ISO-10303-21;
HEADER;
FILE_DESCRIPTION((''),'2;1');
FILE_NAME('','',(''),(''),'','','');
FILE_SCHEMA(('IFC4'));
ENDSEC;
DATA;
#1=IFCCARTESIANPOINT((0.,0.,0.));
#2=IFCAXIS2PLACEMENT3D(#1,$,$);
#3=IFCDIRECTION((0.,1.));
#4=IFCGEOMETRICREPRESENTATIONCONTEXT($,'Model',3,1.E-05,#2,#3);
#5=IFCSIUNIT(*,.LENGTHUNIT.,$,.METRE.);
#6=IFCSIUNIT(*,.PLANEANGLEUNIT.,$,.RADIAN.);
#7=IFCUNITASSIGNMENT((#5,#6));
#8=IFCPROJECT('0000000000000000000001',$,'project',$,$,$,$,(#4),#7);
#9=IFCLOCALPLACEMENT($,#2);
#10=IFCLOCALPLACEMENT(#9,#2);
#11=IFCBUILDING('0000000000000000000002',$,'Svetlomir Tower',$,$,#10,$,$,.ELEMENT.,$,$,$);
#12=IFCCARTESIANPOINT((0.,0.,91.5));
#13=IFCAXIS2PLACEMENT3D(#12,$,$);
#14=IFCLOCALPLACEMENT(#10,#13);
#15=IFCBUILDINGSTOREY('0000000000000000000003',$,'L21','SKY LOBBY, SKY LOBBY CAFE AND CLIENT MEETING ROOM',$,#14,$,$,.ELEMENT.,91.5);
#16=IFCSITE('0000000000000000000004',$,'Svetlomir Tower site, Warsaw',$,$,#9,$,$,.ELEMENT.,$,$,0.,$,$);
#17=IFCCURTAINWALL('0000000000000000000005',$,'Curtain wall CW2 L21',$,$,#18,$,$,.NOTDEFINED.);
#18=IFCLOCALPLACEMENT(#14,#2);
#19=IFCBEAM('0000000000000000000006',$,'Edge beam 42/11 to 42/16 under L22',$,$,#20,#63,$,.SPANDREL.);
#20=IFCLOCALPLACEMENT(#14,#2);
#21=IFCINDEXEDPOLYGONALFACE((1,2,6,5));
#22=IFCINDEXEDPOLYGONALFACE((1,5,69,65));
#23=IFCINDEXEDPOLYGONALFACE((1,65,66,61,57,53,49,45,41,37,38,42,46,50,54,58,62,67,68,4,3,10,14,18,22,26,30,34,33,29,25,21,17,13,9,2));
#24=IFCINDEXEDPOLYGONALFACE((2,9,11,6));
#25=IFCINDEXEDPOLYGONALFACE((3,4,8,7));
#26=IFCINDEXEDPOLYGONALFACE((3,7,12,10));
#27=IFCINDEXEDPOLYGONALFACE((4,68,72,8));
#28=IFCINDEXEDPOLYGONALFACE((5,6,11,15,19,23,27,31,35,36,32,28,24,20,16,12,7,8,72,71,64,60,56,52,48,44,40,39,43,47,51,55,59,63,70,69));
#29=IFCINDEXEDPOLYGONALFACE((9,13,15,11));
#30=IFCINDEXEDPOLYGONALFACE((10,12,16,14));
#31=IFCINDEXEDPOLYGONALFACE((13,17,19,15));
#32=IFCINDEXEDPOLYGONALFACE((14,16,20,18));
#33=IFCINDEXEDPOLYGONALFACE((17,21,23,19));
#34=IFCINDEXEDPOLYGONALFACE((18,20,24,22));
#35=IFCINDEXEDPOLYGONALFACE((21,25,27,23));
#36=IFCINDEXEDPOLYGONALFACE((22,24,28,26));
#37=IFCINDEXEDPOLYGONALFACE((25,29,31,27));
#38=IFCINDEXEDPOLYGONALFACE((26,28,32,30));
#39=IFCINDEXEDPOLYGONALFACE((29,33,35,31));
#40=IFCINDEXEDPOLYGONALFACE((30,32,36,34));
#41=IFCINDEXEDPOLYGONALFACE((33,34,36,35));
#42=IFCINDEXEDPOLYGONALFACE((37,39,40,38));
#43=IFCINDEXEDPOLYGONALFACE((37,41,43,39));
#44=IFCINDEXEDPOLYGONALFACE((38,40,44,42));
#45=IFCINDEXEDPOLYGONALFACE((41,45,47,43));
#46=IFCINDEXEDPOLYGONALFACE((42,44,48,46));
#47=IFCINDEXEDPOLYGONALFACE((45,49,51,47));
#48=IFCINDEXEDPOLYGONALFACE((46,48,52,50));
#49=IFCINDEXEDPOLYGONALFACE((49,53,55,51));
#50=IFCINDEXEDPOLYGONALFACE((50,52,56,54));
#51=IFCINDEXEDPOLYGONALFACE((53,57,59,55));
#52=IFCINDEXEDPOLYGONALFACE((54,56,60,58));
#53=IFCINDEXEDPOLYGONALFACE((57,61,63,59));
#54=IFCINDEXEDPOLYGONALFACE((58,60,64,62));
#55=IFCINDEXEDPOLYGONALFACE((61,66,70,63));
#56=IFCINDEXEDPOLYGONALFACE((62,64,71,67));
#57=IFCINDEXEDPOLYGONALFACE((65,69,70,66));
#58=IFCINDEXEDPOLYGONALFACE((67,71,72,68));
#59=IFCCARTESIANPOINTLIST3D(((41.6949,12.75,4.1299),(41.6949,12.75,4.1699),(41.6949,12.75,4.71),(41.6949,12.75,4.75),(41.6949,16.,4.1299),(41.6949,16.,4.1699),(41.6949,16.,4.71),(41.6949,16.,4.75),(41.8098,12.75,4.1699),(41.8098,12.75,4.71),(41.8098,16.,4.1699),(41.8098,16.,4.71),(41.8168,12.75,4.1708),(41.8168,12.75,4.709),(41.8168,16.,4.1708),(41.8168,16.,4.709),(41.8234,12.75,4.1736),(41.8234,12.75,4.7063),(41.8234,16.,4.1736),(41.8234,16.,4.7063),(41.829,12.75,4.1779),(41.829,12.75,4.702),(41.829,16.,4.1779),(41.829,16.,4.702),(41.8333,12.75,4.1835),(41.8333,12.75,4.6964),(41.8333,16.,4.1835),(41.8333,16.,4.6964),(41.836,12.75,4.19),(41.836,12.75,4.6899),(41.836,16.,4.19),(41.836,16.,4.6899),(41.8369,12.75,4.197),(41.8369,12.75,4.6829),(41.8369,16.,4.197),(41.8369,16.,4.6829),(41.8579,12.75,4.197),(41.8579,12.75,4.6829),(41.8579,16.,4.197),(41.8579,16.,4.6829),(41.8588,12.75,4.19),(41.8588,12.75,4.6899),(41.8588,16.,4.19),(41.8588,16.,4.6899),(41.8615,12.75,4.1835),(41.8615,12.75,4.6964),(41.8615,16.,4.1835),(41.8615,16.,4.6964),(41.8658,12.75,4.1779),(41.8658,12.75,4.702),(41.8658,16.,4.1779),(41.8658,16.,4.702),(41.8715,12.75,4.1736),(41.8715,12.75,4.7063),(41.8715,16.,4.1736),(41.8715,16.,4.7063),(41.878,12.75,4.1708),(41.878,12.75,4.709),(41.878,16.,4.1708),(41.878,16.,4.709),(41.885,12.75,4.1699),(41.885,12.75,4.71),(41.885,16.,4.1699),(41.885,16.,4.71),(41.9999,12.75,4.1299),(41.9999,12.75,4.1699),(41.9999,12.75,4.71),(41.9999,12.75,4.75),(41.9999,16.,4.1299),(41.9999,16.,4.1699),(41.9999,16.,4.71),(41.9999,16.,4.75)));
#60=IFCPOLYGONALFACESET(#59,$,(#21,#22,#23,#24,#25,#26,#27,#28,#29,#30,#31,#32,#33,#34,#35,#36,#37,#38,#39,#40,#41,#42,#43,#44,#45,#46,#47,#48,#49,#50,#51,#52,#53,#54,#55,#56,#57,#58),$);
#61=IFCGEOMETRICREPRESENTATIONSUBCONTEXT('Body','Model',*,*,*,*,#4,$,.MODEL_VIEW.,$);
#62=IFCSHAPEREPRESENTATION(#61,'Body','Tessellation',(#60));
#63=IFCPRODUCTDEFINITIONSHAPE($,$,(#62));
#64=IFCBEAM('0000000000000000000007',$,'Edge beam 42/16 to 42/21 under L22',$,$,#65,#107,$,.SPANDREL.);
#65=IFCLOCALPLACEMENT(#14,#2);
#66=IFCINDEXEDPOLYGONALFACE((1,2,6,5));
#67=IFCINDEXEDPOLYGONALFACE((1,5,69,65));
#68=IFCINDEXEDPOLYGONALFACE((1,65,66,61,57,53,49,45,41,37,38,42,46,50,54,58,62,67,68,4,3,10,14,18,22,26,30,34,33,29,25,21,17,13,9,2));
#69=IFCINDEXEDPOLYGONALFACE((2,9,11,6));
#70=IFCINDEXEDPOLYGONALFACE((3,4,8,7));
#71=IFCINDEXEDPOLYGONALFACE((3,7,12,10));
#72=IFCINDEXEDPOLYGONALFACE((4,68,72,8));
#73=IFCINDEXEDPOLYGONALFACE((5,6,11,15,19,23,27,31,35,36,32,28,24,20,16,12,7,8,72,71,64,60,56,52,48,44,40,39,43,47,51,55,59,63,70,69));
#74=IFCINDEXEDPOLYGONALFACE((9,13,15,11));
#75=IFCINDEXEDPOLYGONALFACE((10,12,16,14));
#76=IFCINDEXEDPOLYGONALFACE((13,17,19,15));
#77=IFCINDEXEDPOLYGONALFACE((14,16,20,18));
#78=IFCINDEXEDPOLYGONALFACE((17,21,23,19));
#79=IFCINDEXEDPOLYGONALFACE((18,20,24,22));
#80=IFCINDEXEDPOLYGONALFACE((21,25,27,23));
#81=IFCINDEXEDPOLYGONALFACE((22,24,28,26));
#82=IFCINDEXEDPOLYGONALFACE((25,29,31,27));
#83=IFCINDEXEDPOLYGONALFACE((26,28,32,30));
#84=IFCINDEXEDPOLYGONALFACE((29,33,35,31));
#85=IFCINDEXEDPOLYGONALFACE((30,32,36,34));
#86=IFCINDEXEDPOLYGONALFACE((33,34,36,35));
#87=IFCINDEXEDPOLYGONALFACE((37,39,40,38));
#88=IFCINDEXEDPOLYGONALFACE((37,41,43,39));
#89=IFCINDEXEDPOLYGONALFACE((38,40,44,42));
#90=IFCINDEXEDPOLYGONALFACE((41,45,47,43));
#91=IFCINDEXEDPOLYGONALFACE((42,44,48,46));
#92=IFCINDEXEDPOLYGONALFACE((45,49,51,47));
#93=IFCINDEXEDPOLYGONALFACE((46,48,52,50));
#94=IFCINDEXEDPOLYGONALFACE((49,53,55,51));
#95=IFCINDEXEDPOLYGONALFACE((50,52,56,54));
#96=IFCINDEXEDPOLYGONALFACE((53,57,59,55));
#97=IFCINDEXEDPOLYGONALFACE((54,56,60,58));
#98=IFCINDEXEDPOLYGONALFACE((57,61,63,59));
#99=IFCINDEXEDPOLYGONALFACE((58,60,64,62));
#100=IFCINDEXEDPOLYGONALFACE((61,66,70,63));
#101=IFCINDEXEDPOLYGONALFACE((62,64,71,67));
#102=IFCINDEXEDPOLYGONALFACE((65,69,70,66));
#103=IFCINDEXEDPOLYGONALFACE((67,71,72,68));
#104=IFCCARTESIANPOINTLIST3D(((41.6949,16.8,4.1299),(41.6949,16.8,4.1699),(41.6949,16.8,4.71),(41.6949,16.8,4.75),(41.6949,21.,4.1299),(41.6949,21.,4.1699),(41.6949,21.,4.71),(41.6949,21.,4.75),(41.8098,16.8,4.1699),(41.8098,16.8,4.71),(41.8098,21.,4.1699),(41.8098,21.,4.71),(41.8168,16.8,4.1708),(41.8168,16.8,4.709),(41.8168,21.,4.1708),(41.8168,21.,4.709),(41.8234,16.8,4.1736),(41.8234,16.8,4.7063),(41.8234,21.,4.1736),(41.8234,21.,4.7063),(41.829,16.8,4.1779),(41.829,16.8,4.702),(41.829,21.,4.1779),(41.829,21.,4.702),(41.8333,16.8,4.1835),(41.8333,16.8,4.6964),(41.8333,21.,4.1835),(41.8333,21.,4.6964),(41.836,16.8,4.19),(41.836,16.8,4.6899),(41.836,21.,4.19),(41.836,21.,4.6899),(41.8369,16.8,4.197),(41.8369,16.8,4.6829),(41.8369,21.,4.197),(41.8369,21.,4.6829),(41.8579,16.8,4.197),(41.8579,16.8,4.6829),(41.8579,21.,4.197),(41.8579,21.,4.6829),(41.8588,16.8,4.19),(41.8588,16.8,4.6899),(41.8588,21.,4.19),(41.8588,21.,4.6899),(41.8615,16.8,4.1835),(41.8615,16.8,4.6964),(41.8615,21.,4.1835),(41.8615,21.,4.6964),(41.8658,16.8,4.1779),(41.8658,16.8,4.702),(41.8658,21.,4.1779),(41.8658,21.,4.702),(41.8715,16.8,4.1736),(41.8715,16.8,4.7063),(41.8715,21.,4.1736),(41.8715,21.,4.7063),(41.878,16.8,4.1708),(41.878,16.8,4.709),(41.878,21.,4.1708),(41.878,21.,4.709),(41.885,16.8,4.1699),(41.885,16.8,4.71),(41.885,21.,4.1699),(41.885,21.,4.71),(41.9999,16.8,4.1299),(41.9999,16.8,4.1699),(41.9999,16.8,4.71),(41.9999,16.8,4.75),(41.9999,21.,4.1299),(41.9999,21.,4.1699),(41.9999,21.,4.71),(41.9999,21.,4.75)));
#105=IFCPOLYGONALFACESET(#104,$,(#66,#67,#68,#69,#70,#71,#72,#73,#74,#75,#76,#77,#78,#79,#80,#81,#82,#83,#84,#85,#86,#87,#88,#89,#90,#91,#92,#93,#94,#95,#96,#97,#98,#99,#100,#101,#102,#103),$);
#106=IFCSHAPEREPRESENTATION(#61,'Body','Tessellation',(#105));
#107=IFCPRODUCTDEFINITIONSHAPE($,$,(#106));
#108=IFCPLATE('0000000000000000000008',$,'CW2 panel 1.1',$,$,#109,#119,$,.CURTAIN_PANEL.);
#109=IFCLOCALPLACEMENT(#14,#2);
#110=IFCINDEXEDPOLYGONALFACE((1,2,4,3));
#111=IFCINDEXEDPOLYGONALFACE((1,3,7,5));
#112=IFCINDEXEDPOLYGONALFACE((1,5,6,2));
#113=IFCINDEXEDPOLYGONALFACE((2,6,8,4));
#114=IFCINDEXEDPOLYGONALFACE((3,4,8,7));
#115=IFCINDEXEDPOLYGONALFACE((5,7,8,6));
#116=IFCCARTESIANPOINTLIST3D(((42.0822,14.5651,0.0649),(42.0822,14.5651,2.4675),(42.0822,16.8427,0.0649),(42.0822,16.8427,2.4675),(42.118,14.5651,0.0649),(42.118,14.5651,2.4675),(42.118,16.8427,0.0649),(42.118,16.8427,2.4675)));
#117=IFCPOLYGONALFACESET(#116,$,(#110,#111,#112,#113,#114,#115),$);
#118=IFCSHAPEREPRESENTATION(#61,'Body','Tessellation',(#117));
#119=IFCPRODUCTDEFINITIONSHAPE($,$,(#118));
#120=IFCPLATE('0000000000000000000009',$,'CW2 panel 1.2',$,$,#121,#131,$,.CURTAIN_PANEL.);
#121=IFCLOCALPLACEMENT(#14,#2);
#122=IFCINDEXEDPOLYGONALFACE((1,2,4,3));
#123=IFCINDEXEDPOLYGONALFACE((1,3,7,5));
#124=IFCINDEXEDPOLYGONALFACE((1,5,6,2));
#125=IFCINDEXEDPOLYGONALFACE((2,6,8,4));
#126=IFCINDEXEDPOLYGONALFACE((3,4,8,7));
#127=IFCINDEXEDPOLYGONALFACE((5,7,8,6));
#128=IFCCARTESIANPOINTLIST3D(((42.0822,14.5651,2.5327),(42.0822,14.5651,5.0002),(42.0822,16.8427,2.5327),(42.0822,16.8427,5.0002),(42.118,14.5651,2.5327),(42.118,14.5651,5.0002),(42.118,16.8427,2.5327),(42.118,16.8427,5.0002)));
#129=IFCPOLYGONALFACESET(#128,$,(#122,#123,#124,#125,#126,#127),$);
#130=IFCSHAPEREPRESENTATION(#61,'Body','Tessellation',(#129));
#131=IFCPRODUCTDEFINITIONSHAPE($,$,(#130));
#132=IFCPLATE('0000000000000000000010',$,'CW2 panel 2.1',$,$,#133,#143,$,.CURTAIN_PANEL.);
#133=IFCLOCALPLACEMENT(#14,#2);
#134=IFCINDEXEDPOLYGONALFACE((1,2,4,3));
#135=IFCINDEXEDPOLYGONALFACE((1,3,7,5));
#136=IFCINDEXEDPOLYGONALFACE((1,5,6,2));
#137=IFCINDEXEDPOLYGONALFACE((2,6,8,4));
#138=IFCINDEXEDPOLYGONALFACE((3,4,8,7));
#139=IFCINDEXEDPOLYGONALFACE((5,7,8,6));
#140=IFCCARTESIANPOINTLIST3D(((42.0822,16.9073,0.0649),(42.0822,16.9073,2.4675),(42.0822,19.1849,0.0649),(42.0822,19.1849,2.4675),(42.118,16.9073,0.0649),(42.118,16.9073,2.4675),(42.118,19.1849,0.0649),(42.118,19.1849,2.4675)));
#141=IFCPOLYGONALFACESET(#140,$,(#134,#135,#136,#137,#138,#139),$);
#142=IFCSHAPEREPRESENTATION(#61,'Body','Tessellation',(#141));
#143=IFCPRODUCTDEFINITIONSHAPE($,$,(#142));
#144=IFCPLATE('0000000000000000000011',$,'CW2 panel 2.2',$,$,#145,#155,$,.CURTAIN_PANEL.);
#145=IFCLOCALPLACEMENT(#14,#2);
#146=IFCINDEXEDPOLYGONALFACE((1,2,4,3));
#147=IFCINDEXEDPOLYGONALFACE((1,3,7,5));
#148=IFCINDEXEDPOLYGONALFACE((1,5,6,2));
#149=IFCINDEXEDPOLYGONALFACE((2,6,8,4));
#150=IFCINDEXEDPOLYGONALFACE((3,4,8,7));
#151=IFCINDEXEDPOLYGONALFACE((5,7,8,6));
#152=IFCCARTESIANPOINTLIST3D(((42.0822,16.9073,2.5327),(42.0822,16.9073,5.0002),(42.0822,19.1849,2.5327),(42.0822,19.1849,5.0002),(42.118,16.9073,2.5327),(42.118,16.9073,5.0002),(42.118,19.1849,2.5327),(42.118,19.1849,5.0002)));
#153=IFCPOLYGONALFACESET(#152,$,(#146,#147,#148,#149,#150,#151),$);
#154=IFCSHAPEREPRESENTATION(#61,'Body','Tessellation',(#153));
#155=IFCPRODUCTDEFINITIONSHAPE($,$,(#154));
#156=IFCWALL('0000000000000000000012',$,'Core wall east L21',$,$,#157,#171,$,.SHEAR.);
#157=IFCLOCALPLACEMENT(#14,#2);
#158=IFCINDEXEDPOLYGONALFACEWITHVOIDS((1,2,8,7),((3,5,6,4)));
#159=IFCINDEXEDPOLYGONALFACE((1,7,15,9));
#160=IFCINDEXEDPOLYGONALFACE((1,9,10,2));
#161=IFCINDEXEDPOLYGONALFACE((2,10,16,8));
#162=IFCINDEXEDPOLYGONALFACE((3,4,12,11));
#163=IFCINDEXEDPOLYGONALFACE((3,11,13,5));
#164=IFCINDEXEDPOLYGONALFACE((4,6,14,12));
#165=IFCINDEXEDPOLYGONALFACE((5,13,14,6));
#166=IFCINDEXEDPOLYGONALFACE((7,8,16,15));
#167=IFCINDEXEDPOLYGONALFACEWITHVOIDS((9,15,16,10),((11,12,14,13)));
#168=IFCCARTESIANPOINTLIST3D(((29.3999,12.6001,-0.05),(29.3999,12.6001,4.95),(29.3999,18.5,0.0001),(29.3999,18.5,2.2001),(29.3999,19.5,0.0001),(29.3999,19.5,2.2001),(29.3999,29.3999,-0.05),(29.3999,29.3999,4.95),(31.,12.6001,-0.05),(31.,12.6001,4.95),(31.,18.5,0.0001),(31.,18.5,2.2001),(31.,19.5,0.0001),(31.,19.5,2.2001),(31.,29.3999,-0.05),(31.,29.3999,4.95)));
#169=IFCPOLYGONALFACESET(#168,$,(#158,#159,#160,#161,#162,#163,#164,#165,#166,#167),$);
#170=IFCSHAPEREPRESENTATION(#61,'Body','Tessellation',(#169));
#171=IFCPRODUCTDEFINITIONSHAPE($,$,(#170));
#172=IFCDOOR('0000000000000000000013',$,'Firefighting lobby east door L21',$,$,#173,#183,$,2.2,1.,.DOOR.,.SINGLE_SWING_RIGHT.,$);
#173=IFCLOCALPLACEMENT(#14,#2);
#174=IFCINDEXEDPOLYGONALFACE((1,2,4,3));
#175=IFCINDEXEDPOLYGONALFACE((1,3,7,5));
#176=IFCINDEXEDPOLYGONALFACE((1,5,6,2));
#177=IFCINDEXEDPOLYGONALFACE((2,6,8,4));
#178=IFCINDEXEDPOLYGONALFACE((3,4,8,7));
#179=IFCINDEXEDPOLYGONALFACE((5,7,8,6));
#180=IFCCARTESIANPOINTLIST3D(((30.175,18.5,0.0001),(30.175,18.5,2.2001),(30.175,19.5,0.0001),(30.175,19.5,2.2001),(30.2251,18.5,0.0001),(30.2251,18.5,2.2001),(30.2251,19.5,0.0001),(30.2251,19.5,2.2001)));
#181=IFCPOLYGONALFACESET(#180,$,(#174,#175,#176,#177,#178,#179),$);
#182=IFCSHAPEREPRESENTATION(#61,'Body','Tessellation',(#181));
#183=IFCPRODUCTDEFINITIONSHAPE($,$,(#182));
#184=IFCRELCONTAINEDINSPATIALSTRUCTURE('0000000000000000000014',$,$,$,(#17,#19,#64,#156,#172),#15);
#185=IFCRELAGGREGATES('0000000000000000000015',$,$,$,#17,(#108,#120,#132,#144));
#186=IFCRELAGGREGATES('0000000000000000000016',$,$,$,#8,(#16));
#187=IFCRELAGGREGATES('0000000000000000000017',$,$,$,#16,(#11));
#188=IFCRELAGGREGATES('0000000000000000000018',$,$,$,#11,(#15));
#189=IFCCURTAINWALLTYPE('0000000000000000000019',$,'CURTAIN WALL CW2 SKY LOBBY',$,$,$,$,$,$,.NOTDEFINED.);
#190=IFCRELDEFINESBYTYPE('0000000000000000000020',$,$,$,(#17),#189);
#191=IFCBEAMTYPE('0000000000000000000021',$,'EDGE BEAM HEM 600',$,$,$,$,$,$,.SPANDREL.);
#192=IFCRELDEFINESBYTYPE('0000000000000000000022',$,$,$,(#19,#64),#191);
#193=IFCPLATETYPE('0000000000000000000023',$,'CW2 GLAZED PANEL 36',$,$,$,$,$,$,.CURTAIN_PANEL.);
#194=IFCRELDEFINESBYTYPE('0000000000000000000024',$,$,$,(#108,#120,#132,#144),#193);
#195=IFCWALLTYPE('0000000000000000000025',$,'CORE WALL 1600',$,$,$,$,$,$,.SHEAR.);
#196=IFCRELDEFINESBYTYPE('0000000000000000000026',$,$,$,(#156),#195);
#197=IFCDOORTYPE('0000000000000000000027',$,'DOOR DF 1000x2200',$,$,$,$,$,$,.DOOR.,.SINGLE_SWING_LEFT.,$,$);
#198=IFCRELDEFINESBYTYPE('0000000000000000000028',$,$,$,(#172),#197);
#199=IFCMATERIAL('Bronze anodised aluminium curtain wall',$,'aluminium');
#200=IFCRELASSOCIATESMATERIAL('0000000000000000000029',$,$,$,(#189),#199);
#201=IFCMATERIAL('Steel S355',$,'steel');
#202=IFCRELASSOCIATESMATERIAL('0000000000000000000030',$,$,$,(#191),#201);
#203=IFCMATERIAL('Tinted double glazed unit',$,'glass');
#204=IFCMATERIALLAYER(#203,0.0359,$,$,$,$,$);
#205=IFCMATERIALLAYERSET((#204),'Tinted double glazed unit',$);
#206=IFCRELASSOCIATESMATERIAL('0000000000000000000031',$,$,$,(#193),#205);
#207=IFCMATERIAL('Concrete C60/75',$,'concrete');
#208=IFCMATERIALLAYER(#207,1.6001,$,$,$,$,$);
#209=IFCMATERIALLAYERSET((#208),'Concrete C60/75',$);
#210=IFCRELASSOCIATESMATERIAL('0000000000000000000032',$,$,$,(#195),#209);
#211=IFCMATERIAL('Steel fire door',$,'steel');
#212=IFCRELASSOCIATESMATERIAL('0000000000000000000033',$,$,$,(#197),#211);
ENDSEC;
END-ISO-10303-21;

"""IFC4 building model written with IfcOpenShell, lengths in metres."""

from ifc_helpers import new_model, si_unit, direction, frame, frame_2d, origin, origin_2d, place, context, subcontext, project, spatial, rectangle, i_section, extrude, material, layer, layer_set, material_profile, profile_set, type_object, element, fill, aggregate, save


model = new_model("IFC4")

# Units and contexts
model_context = context("Model", 3, precision=1e-05, world=origin(), true_north=direction((0.0, 1.0)))
body_context = subcontext(model_context, "Body", "Model", "MODEL_VIEW")
ifc_project = project(units=[si_unit("LENGTHUNIT", "METRE"), si_unit("PLANEANGLEUNIT", "RADIAN")], contexts=[model_context])

# Site, building, storey
site_placement = place(None, origin())
site = spatial("IfcSite", under=ifc_project, at=site_placement, Name="Svetlomir Tower site, Warsaw", CompositionType="ELEMENT", RefElevation=0.0)
building_placement = place(site_placement, origin())
building = spatial("IfcBuilding", under=site, at=building_placement, Name="Svetlomir Tower", CompositionType="ELEMENT")
storey_placement = place(building_placement, frame((0.0, 0.0, 91.5)))
storey = spatial("IfcBuildingStorey", under=building, at=storey_placement, Name="L21", Description="SKY LOBBY, SKY LOBBY CAFE AND CLIENT MEETING ROOM", CompositionType="ELEMENT", Elevation=91.5)

# Shared definitions
ifc_material_1 = material(Name="Bronze anodised aluminium curtain wall", Category="aluminium")
curtain_wall_type = type_object("IfcCurtainWallType", Name="CURTAIN WALL CW2 SKY LOBBY", PredefinedType="NOTDEFINED", material=ifc_material_1)

# Curtain wall
curtain_wall_1_placement = place(storey_placement, origin())
curtain_wall_1 = element("IfcCurtainWall", 1, at=curtain_wall_1_placement, inside=storey, type_object=curtain_wall_type, Name="Curtain wall CW2 L21", PredefinedType="NOTDEFINED")

# Beams
ifc_material_2 = material(Name="Steel S355", Category="steel")
ifc_material_profile_1 = material_profile(ifc_material_2, i_section(OverallWidth=0.3049, OverallDepth=0.6201, WebThickness=0.021, FlangeThickness=0.04, FilletRadius=0.0271, at=origin_2d()), Name="HEM 600")
ifc_profile_set_1 = profile_set([ifc_material_profile_1], Name="Steel S355")
beam_type = type_object("IfcBeamType", Name="EDGE BEAM HEM 600", PredefinedType="SPANDREL", material=ifc_profile_set_1)
beam_1_placement = place(storey_placement, frame((41.8474, 12.75, 4.4399), z_axis=(0.0, 1.0, 0.0), x_axis=(-1.0, 0.0, 0.0)))
element("IfcBeam", 2, at=beam_1_placement, inside=storey, type_object=beam_type, Name="Edge beam 42/11 to 42/16 under L22", PredefinedType="SPANDREL", context=body_context, shape_type="SweptSolid", body=[
    extrude(i_section(OverallWidth=0.3049, OverallDepth=0.6201, WebThickness=0.021, FlangeThickness=0.04, FilletRadius=0.0271, at=origin_2d()), origin(), (0.0, 0.0, 1.0), 3.25),
])
beam_2_placement = place(storey_placement, frame((41.8474, 16.8, 4.4399), z_axis=(0.0, 1.0, 0.0), x_axis=(-1.0, 0.0, 0.0)))
element("IfcBeam", 3, at=beam_2_placement, inside=storey, type_object=beam_type, Name="Edge beam 42/16 to 42/21 under L22", PredefinedType="SPANDREL", context=body_context, shape_type="SweptSolid", body=[
    extrude(i_section(OverallWidth=0.3049, OverallDepth=0.6201, WebThickness=0.021, FlangeThickness=0.04, FilletRadius=0.0271, at=origin_2d()), origin(), (0.0, 0.0, 1.0), 4.2),
])

# Plates
ifc_material_3 = material(Name="Tinted double glazed unit", Category="glass")
ifc_layer_1 = layer(ifc_material_3, 0.0359)
ifc_layer_set_1 = layer_set([ifc_layer_1], Name="Tinted double glazed unit")
plate_type = type_object("IfcPlateType", Name="CW2 GLAZED PANEL 36", PredefinedType="CURTAIN_PANEL", material=ifc_layer_set_1)
plate_1_placement = place(storey_placement, frame((42.1001, 15.7039, 0.0649), z_axis=(0.0, 0.0, 1.0), x_axis=(0.0, 1.0, 0.0)))
plate_1 = element("IfcPlate", 4, at=plate_1_placement, type_object=plate_type, Name="CW2 panel 1.1", PredefinedType="CURTAIN_PANEL", context=body_context, shape_type="SweptSolid", body=[
    extrude(rectangle(XDim=2.2776, YDim=0.0359, at=origin_2d()), origin(), (0.0, 0.0, 1.0), 2.4026),
])
plate_2_placement = place(storey_placement, frame((42.1001, 15.7039, 2.5327), z_axis=(0.0, 0.0, 1.0), x_axis=(0.0, 1.0, 0.0)))
plate_2 = element("IfcPlate", 5, at=plate_2_placement, type_object=plate_type, Name="CW2 panel 1.2", PredefinedType="CURTAIN_PANEL", context=body_context, shape_type="SweptSolid", body=[
    extrude(rectangle(XDim=2.2776, YDim=0.0359, at=origin_2d()), origin(), (0.0, 0.0, 1.0), 2.4675),
])
plate_3_placement = place(storey_placement, frame((42.1001, 18.0461, 0.0649), z_axis=(0.0, 0.0, 1.0), x_axis=(0.0, 1.0, 0.0)))
plate_3 = element("IfcPlate", 6, at=plate_3_placement, type_object=plate_type, Name="CW2 panel 2.1", PredefinedType="CURTAIN_PANEL", context=body_context, shape_type="SweptSolid", body=[
    extrude(rectangle(XDim=2.2776, YDim=0.0359, at=origin_2d()), origin(), (0.0, 0.0, 1.0), 2.4026),
])
plate_4_placement = place(storey_placement, frame((42.1001, 18.0461, 2.5327), z_axis=(0.0, 0.0, 1.0), x_axis=(0.0, 1.0, 0.0)))
plate_4 = element("IfcPlate", 7, at=plate_4_placement, type_object=plate_type, Name="CW2 panel 2.2", PredefinedType="CURTAIN_PANEL", context=body_context, shape_type="SweptSolid", body=[
    extrude(rectangle(XDim=2.2776, YDim=0.0359, at=origin_2d()), origin(), (0.0, 0.0, 1.0), 2.4675),
])
aggregate(curtain_wall_1, [plate_1, plate_2, plate_3, plate_4])

# Wall, opening, door
ifc_material_4 = material(Name="Concrete C60/75", Category="concrete")
ifc_layer_2 = layer(ifc_material_4, 1.6001)
ifc_layer_set_2 = layer_set([ifc_layer_2], Name="Concrete C60/75")
wall_type_1 = type_object("IfcWallType", Name="CORE WALL 1600", PredefinedType="SHEAR", material=ifc_layer_set_2)
wall_1_placement = place(storey_placement, frame((30.2, 12.6001, -0.05), z_axis=(0.0, 0.0, 1.0), x_axis=(0.0, 1.0, 0.0)))
wall_1 = element("IfcWall", 8, at=wall_1_placement, inside=storey, type_object=wall_type_1, Name="Core wall east L21", PredefinedType="SHEAR", context=body_context, shape_type="SweptSolid", body=[
    extrude(rectangle(XDim=16.7998, YDim=1.6001, at=frame_2d((8.3999, 0.0))), origin(), (0.0, 0.0, 1.0), 5.0),
])
opening_1_placement = place(wall_1_placement, frame((5.8999, 0.0, 0.05)))
opening_1 = element("IfcOpeningElement", 9, at=opening_1_placement, cuts=wall_1, PredefinedType="OPENING", context=body_context, shape_type="SweptSolid", body=[
    extrude(rectangle(XDim=1.0, YDim=2.2, at=frame_2d((0.5, 1.1001))), frame((0.0, 0.8101, 0.0), z_axis=(0.0, -1.0, 0.0), x_axis=(1.0, 0.0, 0.0)), (0.0, 0.0, 1.0), 1.6201),
])
ifc_material_5 = material(Name="Steel fire door", Category="steel")
door_type_1 = type_object("IfcDoorType", Name="DOOR DF 1000x2200", OperationType="SINGLE_SWING_LEFT", PredefinedType="DOOR", material=ifc_material_5)
door_1_placement = place(opening_1_placement, origin())
door_1 = element("IfcDoor", 10, at=door_1_placement, inside=storey, type_object=door_type_1, Name="Firefighting lobby east door L21", OperationType="SINGLE_SWING_RIGHT", OverallHeight=2.2, OverallWidth=1.0, PredefinedType="DOOR", context=body_context, shape_type="SweptSolid", body=[
    extrude(rectangle(XDim=1.0, YDim=2.2, at=frame_2d((0.5, 1.1001))), frame((0.0, 0.0249, 0.0), z_axis=(0.0, -1.0, 0.0), x_axis=(1.0, 0.0, 0.0)), (0.0, 0.0, 1.0), 0.05),
])
fill(opening_1, door_1)

save(model, "model.ifc")
